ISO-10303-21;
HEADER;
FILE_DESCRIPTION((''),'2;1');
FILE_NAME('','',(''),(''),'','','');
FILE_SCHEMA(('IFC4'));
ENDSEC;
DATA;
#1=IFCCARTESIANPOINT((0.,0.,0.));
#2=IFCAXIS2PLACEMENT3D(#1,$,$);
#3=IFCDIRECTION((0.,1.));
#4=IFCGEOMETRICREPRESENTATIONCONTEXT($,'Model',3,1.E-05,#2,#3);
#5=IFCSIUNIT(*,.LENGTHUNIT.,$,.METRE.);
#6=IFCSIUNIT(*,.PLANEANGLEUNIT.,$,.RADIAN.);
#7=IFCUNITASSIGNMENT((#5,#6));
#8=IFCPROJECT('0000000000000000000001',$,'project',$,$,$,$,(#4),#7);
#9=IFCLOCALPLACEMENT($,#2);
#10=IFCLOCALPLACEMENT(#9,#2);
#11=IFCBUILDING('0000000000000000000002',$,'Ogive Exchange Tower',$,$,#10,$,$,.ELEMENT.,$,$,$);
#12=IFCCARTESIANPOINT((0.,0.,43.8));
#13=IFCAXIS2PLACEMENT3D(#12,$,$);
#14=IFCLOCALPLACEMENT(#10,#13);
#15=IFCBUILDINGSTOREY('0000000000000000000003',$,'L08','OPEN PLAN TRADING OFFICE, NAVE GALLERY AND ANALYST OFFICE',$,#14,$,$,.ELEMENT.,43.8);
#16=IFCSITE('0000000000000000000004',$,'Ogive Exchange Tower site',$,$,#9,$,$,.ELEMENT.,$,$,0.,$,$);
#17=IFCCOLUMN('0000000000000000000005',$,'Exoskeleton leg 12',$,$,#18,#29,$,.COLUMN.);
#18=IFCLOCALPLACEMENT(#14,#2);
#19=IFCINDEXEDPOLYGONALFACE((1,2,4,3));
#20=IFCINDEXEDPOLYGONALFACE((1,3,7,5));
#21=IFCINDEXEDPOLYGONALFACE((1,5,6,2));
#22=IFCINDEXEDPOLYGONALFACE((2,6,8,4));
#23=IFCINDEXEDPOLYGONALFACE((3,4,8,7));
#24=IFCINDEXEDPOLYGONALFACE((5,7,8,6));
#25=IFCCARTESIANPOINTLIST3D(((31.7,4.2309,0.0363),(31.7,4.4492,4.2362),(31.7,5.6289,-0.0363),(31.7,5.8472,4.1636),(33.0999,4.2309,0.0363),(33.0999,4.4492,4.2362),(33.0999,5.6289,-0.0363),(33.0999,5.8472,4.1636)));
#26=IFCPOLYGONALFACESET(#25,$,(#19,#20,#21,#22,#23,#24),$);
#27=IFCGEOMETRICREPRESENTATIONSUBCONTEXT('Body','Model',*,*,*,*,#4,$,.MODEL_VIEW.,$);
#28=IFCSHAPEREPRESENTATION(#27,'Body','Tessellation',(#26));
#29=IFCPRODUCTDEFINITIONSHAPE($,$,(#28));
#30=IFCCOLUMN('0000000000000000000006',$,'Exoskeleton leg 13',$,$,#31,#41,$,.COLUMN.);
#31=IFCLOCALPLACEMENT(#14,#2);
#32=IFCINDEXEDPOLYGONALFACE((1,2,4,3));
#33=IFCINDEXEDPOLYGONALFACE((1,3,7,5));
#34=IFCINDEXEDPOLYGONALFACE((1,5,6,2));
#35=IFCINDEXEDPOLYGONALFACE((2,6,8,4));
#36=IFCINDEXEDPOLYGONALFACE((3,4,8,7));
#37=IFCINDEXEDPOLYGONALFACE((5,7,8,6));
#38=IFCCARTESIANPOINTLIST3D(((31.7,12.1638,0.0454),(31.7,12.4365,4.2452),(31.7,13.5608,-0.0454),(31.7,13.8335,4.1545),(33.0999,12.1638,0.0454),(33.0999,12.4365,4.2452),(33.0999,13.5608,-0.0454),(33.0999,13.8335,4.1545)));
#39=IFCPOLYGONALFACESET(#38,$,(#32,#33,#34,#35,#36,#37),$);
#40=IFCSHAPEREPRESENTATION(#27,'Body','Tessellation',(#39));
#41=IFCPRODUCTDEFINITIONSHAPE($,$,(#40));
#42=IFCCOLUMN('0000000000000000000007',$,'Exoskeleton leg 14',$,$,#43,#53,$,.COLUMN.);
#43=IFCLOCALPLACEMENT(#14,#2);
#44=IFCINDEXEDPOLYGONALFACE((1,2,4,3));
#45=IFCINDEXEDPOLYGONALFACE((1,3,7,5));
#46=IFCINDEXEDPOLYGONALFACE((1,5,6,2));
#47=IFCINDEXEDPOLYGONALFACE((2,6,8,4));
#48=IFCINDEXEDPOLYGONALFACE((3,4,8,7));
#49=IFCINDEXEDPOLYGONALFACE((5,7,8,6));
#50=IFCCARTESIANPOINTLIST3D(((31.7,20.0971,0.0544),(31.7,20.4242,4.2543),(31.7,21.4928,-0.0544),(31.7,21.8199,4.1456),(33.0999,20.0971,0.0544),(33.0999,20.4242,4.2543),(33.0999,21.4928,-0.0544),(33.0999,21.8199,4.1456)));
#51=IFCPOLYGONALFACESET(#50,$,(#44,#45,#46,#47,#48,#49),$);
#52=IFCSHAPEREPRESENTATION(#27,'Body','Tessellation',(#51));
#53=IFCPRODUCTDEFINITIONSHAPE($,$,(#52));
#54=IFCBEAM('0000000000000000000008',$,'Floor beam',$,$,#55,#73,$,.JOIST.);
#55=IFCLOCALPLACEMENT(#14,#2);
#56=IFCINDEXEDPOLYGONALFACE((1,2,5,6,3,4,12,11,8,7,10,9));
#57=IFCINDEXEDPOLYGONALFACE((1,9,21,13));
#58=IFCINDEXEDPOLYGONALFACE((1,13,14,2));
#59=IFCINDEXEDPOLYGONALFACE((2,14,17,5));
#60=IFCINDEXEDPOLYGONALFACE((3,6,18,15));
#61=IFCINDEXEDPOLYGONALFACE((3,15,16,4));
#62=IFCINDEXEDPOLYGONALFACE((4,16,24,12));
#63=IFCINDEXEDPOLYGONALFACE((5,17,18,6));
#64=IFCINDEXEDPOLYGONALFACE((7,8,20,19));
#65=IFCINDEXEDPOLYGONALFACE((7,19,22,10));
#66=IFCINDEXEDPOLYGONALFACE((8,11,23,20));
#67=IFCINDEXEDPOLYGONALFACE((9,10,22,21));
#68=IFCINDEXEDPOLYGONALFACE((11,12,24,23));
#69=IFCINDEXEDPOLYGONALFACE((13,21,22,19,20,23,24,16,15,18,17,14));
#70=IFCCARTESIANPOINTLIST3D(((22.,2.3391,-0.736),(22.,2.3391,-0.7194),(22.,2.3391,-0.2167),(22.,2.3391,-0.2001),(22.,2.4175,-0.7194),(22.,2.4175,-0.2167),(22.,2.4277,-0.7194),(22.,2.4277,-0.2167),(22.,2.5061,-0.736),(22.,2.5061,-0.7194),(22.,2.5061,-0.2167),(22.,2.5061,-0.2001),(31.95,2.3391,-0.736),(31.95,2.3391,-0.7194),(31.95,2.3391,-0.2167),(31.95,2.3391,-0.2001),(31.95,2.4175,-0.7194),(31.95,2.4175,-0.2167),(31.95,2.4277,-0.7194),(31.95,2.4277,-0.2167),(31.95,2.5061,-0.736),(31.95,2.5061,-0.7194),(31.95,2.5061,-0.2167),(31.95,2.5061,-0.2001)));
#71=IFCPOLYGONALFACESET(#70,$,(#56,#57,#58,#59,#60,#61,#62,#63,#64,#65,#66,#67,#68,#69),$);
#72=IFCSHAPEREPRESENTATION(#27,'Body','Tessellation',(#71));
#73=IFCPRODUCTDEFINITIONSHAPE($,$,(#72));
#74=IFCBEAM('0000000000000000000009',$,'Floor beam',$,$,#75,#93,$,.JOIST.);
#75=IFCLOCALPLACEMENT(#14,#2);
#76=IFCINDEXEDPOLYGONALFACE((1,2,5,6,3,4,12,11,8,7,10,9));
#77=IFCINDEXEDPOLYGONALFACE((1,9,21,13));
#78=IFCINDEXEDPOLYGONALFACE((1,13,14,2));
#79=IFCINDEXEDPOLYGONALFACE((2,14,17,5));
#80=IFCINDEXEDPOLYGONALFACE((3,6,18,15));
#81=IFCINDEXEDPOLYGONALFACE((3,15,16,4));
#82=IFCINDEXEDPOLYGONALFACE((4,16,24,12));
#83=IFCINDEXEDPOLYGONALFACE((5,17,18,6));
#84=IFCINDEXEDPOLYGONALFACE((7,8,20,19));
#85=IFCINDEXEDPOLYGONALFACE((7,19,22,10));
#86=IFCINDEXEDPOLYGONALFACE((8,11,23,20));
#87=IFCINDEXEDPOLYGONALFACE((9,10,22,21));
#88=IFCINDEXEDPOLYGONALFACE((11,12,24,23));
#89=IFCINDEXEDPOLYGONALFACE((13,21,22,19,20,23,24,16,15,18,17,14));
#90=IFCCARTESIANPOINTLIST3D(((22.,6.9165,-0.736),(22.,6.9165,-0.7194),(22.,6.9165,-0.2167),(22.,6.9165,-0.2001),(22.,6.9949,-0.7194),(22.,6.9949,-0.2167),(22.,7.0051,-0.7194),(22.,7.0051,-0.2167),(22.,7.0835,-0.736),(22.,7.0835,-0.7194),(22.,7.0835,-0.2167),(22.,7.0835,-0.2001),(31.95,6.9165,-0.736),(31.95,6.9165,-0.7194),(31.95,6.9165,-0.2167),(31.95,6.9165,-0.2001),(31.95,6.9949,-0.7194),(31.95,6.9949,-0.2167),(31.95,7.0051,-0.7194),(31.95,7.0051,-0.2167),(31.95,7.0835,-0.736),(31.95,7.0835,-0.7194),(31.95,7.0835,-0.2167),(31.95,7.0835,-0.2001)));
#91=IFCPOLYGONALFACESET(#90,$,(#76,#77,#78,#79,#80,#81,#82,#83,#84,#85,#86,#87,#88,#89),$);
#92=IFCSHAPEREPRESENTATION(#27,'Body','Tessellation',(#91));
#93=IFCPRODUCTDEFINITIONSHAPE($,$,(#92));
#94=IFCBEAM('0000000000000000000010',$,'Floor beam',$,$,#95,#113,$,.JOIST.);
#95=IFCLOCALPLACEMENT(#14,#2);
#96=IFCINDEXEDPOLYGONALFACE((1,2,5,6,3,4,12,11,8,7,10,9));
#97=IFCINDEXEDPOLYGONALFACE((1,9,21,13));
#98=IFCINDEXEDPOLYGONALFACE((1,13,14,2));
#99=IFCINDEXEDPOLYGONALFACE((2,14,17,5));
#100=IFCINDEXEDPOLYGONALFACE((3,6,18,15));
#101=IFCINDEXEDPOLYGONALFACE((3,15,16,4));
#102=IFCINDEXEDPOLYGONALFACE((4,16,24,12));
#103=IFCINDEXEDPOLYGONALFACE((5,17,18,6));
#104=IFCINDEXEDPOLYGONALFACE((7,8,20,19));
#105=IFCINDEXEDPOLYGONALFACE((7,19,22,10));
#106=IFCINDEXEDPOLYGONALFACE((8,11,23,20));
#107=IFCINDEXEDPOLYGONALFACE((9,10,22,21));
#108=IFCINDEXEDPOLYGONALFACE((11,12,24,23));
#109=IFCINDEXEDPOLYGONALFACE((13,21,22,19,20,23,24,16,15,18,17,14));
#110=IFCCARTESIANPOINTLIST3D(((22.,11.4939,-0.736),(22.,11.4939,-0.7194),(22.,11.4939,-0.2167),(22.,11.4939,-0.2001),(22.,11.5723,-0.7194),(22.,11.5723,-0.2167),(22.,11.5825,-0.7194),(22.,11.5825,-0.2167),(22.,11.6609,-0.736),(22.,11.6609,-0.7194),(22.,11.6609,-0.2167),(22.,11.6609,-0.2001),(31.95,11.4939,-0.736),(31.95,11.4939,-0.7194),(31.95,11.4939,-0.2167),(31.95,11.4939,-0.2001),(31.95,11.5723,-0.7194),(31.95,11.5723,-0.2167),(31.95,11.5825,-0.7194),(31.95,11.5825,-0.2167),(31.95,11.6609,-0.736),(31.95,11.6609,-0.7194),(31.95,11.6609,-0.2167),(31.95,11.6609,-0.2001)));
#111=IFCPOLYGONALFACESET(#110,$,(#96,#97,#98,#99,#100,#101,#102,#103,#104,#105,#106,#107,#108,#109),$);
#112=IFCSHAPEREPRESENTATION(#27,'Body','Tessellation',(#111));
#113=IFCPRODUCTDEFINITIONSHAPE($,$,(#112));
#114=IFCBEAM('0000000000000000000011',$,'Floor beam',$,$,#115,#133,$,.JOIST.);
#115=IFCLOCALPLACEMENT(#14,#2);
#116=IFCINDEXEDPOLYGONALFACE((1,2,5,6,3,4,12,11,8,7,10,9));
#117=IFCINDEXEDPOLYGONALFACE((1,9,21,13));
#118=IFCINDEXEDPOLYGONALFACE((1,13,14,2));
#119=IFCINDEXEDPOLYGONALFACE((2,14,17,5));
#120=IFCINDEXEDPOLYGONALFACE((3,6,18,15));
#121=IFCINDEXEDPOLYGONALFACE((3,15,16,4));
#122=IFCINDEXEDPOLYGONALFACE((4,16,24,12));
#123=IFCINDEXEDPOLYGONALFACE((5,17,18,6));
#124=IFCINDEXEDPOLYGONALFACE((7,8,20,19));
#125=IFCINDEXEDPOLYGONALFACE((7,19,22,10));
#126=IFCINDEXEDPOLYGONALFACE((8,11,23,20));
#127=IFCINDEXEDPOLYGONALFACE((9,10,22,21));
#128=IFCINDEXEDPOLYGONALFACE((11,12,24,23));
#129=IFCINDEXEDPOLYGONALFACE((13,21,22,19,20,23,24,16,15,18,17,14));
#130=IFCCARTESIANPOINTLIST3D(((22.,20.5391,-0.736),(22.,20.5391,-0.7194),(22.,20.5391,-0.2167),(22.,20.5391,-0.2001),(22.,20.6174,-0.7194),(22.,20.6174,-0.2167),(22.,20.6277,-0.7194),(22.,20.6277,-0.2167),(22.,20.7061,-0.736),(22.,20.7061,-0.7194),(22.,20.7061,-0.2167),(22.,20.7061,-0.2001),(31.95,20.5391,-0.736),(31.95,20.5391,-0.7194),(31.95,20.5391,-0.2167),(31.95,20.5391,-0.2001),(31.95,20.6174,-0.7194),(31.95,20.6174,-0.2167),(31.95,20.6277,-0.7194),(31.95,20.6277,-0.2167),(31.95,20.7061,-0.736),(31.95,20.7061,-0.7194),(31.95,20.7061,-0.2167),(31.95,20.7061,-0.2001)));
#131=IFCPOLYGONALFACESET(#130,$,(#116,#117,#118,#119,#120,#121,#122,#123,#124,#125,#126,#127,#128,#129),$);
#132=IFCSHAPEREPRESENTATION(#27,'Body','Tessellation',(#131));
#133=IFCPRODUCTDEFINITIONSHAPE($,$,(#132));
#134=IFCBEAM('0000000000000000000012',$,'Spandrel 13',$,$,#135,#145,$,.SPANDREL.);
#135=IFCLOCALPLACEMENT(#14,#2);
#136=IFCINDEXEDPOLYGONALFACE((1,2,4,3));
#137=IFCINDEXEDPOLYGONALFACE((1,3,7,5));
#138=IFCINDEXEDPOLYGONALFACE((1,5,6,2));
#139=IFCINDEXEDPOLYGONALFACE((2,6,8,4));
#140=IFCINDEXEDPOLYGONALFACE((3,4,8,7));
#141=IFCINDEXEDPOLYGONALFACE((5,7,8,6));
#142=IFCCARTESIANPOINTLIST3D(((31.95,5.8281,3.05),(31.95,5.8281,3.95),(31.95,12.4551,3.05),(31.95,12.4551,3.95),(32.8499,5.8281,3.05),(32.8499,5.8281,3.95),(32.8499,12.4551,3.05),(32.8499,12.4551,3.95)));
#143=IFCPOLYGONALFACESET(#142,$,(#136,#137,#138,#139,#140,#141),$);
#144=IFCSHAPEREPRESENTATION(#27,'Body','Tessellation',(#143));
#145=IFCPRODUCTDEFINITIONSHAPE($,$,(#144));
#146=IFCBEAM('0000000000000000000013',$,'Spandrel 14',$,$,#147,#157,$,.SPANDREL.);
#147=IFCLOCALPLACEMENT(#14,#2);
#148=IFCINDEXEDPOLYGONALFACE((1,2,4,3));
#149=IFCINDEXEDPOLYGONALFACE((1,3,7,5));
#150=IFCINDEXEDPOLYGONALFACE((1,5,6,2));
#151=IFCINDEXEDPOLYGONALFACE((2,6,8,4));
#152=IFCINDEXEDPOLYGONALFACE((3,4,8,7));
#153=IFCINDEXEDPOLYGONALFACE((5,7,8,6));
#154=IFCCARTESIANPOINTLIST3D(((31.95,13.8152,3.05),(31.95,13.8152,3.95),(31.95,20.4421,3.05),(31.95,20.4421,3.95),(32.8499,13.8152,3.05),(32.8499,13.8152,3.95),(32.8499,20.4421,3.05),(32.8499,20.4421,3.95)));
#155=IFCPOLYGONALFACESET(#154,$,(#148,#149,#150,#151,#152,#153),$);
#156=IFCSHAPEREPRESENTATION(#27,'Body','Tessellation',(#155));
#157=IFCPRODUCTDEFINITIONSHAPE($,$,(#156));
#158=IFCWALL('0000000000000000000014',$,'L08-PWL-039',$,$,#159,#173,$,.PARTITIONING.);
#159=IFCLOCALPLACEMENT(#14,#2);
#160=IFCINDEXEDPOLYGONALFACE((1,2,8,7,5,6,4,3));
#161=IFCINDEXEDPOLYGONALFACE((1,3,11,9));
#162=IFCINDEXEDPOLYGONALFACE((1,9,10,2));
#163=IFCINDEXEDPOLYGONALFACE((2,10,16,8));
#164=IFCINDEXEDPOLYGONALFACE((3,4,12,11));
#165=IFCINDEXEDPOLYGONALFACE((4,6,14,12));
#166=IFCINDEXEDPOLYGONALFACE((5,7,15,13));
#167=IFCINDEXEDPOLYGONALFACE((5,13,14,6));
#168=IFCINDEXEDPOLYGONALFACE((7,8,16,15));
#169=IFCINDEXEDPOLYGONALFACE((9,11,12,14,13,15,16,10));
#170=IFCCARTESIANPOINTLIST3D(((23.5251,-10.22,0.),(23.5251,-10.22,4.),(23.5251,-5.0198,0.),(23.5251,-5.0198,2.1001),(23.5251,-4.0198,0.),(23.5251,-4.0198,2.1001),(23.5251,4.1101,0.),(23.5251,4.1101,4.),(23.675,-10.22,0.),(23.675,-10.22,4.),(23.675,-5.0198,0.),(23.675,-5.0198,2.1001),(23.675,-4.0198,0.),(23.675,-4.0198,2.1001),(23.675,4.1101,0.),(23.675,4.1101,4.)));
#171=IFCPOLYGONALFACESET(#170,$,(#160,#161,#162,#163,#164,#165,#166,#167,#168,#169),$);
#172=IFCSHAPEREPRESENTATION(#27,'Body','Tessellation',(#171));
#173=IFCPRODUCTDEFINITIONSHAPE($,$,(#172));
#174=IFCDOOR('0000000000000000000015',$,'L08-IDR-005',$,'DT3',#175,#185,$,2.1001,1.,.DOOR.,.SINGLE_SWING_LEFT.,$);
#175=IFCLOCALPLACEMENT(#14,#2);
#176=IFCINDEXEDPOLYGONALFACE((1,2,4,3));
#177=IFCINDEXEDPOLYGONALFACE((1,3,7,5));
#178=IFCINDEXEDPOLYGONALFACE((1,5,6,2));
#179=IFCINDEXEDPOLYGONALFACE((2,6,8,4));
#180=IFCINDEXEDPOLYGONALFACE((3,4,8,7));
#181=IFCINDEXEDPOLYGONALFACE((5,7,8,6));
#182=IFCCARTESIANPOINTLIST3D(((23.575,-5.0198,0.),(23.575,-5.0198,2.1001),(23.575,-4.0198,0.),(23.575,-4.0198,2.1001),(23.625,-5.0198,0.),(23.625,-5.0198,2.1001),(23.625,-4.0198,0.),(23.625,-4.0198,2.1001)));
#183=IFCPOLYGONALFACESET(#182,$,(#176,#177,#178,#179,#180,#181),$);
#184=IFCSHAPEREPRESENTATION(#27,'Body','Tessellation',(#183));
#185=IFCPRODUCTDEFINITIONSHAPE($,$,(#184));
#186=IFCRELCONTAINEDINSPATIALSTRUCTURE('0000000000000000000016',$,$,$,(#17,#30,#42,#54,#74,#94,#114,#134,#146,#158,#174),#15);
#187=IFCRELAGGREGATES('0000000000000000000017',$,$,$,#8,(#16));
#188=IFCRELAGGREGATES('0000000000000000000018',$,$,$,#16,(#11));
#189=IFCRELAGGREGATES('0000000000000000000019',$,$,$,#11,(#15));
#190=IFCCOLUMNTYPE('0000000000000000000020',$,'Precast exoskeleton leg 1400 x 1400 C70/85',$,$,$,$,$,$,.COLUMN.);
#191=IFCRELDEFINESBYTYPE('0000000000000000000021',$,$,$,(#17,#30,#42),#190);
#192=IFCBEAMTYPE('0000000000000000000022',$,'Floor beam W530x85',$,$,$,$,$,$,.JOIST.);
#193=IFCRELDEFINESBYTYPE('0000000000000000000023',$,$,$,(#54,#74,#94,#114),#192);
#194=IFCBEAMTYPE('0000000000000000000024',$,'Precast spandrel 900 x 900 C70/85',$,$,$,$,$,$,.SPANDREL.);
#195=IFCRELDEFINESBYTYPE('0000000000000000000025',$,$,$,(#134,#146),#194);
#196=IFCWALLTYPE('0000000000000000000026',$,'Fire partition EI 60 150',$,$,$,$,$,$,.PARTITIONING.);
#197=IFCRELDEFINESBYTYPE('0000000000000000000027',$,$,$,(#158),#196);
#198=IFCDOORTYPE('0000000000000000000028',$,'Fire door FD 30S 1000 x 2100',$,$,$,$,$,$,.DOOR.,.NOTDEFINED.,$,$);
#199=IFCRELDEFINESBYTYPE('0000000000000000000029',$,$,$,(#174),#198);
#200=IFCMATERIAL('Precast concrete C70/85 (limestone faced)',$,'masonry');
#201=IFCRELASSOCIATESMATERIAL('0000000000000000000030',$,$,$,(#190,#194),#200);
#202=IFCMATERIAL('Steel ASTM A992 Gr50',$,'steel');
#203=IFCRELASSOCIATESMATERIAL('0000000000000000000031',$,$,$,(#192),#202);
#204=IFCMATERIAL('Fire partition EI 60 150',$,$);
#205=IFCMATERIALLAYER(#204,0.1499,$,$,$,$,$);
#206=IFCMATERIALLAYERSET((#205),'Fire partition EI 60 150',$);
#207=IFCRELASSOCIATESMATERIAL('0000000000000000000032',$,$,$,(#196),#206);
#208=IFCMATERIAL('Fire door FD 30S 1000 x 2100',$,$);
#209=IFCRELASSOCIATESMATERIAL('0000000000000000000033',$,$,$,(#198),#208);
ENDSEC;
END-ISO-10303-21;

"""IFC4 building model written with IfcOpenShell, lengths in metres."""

from ifc_helpers import new_model, si_unit, direction, frame, frame_2d, origin, origin_2d, place, context, subcontext, project, spatial, rectangle, i_section, extrude, material, layer, layer_set, material_profile, profile_set, type_object, element, fill, save


model = new_model("IFC4")

# Units and contexts
model_context = context("Model", 3, precision=1e-05, world=origin(), true_north=direction((0.0, 1.0)))
body_context = subcontext(model_context, "Body", "Model", "MODEL_VIEW")
ifc_project = project(units=[si_unit("LENGTHUNIT", "METRE"), si_unit("PLANEANGLEUNIT", "RADIAN")], contexts=[model_context])

# Site, building, storey
site_placement = place(None, origin())
site = spatial("IfcSite", under=ifc_project, at=site_placement, Name="Ogive Exchange Tower site", CompositionType="ELEMENT", RefElevation=0.0)
building_placement = place(site_placement, origin())
building = spatial("IfcBuilding", under=site, at=building_placement, Name="Ogive Exchange Tower", CompositionType="ELEMENT")
storey_placement = place(building_placement, frame((0.0, 0.0, 43.8)))
storey = spatial("IfcBuildingStorey", under=building, at=storey_placement, Name="L08", Description="OPEN PLAN TRADING OFFICE, NAVE GALLERY AND ANALYST OFFICE", CompositionType="ELEMENT", Elevation=43.8)

# Columns
ifc_material_1 = material(Name="Precast concrete C70/85 (limestone faced)", Category="masonry")
ifc_material_profile_1 = material_profile(ifc_material_1, rectangle(XDim=1.3999, YDim=1.3999, at=origin_2d()), Name="1400 x 1400")
ifc_profile_set_1 = profile_set([ifc_material_profile_1], Name="Precast concrete C70/85 (limestone faced)")
column_type = type_object("IfcColumnType", Name="Precast exoskeleton leg 1400 x 1400 C70/85", PredefinedType="COLUMN", material=ifc_profile_set_1)
column_1_placement = place(storey_placement, frame((32.3999, 4.9299, 0.0), z_axis=(0.0, 0.051898, 0.998652), x_axis=(-1.0, 0.0, 0.0)))
element("IfcColumn", 1, at=column_1_placement, inside=storey, type_object=column_type, Name="Exoskeleton leg 12", PredefinedType="COLUMN", context=body_context, shape_type="SweptSolid", body=[
    extrude(rectangle(XDim=1.3999, YDim=1.3999, at=origin_2d()), origin(), (0.0, 0.0, 1.0), 4.2056),
])
column_2_placement = place(storey_placement, frame((32.3999, 12.8623, 0.0), z_axis=(0.0, 0.064794, 0.997899), x_axis=(-1.0, 0.0, 0.0)))
element("IfcColumn", 2, at=column_2_placement, inside=storey, type_object=column_type, Name="Exoskeleton leg 13", PredefinedType="COLUMN", context=body_context, shape_type="SweptSolid", body=[
    extrude(rectangle(XDim=1.3999, YDim=1.3999, at=origin_2d()), origin(), (0.0, 0.0, 1.0), 4.2087),
])
column_3_placement = place(storey_placement, frame((32.3999, 20.7949, 0.0), z_axis=(0.0, 0.077658, 0.99698), x_axis=(-1.0, 0.0, 0.0)))
element("IfcColumn", 3, at=column_3_placement, inside=storey, type_object=column_type, Name="Exoskeleton leg 14", PredefinedType="COLUMN", context=body_context, shape_type="SweptSolid", body=[
    extrude(rectangle(XDim=1.3999, YDim=1.3999, at=origin_2d()), origin(), (0.0, 0.0, 1.0), 4.2126),
])

# Beams
ifc_material_2 = material(Name="Steel ASTM A992 Gr50", Category="steel")
ifc_material_profile_2 = material_profile(ifc_material_2, i_section(OverallWidth=0.167, OverallDepth=0.5359, WebThickness=0.0103, FlangeThickness=0.0166, at=origin_2d()), Name="W530x85")
ifc_profile_set_2 = profile_set([ifc_material_profile_2], Name="Steel ASTM A992 Gr50")
beam_type_1 = type_object("IfcBeamType", Name="Floor beam W530x85", PredefinedType="JOIST", material=ifc_profile_set_2)
for number, where, z_axis, x_axis, name in (
    (4, (22.0, 2.4226, -0.468), (1.0, 0.0, 0.0), (0.0, 1.0, 0.0), "Floor beam"),
    (5, (22.0, 7.0, -0.468), (1.0, 0.0, 0.0), (0.0, 1.0, 0.0), "Floor beam"),
    (6, (22.0, 11.5774, -0.468), (1.0, 0.0, 0.0), (0.0, 1.0, 0.0), "Floor beam"),
    (7, (22.0, 20.6226, -0.468), (1.0, 0.0, 0.0), (0.0, 1.0, 0.0), "Floor beam"),
):
    element("IfcBeam", number, at=place(storey_placement, frame(where, z_axis=z_axis, x_axis=x_axis)), inside=storey, type_object=beam_type_1, Name=name, PredefinedType="JOIST", context=body_context, shape_type="SweptSolid", body=[
        extrude(i_section(OverallWidth=0.167, OverallDepth=0.5359, WebThickness=0.0103, FlangeThickness=0.0166, at=origin_2d()), origin(), (0.0, 0.0, 1.0), 9.95),
    ])
ifc_material_profile_3 = material_profile(ifc_material_1, rectangle(XDim=0.8999, YDim=0.8999, at=origin_2d()), Name="900 x 900")
ifc_profile_set_3 = profile_set([ifc_material_profile_3], Name="Precast concrete C70/85 (limestone faced)")
beam_type_2 = type_object("IfcBeamType", Name="Precast spandrel 900 x 900 C70/85", PredefinedType="SPANDREL", material=ifc_profile_set_3)
for number, where, z_axis, x_axis, name in (
    (8, (32.3999, 5.8281, 3.5), (0.0, 1.0, 0.0), (-1.0, 0.0, 0.0), "Spandrel 13"),
    (9, (32.3999, 13.8152, 3.5), (0.0, 1.0, 0.0), (-1.0, 0.0, 0.0), "Spandrel 14"),
):
    element("IfcBeam", number, at=place(storey_placement, frame(where, z_axis=z_axis, x_axis=x_axis)), inside=storey, type_object=beam_type_2, Name=name, PredefinedType="SPANDREL", context=body_context, shape_type="SweptSolid", body=[
        extrude(rectangle(XDim=0.8999, YDim=0.8999, at=origin_2d()), origin(), (0.0, 0.0, 1.0), 6.627),
    ])

# Wall, opening, door
ifc_material_3 = material(Name="Fire partition EI 60 150")
ifc_layer_1 = layer(ifc_material_3, 0.1499)
ifc_layer_set_1 = layer_set([ifc_layer_1], Name="Fire partition EI 60 150")
wall_type_1 = type_object("IfcWallType", Name="Fire partition EI 60 150", PredefinedType="PARTITIONING", material=ifc_layer_set_1)
wall_1_placement = place(storey_placement, frame((23.6001, 4.1101, 0.0), z_axis=(0.0, 0.0, 1.0), x_axis=(0.0, -1.0, 0.0)))
wall_1 = element("IfcWall", 10, at=wall_1_placement, inside=storey, type_object=wall_type_1, Name="L08-PWL-039", PredefinedType="PARTITIONING", context=body_context, shape_type="SweptSolid", body=[
    extrude(rectangle(XDim=14.3301, YDim=0.1499, at=frame_2d((7.165, 0.0))), origin(), (0.0, 0.0, 1.0), 4.0),
])
opening_1_placement = place(wall_1_placement, frame((8.1299, 0.0, 0.0)))
opening_1 = element("IfcOpeningElement", 11, at=opening_1_placement, cuts=wall_1, PredefinedType="OPENING", context=body_context, shape_type="SweptSolid", body=[
    extrude(rectangle(XDim=1.0, YDim=2.1001, at=frame_2d((0.5, 1.05))), frame((0.0, 0.085, 0.0), z_axis=(0.0, -1.0, 0.0), x_axis=(1.0, 0.0, 0.0)), (0.0, 0.0, 1.0), 0.1699),
])
ifc_material_4 = material(Name="Fire door FD 30S 1000 x 2100")
door_type = type_object("IfcDoorType", Name="Fire door FD 30S 1000 x 2100", OperationType="NOTDEFINED", PredefinedType="DOOR", material=ifc_material_4)
door_1_placement = place(opening_1_placement, origin())
door_1 = element("IfcDoor", 12, at=door_1_placement, inside=storey, type_object=door_type, Name="L08-IDR-005", ObjectType="DT3", OperationType="SINGLE_SWING_LEFT", OverallHeight=2.1001, OverallWidth=1.0, PredefinedType="DOOR", context=body_context, shape_type="SweptSolid", body=[
    extrude(rectangle(XDim=1.0, YDim=2.1001, at=frame_2d((0.5, 1.05))), frame((0.0, 0.0249, 0.0), z_axis=(0.0, -1.0, 0.0), x_axis=(1.0, 0.0, 0.0)), (0.0, 0.0, 1.0), 0.05),
])
fill(opening_1, door_1)

save(model, "model.ifc")
